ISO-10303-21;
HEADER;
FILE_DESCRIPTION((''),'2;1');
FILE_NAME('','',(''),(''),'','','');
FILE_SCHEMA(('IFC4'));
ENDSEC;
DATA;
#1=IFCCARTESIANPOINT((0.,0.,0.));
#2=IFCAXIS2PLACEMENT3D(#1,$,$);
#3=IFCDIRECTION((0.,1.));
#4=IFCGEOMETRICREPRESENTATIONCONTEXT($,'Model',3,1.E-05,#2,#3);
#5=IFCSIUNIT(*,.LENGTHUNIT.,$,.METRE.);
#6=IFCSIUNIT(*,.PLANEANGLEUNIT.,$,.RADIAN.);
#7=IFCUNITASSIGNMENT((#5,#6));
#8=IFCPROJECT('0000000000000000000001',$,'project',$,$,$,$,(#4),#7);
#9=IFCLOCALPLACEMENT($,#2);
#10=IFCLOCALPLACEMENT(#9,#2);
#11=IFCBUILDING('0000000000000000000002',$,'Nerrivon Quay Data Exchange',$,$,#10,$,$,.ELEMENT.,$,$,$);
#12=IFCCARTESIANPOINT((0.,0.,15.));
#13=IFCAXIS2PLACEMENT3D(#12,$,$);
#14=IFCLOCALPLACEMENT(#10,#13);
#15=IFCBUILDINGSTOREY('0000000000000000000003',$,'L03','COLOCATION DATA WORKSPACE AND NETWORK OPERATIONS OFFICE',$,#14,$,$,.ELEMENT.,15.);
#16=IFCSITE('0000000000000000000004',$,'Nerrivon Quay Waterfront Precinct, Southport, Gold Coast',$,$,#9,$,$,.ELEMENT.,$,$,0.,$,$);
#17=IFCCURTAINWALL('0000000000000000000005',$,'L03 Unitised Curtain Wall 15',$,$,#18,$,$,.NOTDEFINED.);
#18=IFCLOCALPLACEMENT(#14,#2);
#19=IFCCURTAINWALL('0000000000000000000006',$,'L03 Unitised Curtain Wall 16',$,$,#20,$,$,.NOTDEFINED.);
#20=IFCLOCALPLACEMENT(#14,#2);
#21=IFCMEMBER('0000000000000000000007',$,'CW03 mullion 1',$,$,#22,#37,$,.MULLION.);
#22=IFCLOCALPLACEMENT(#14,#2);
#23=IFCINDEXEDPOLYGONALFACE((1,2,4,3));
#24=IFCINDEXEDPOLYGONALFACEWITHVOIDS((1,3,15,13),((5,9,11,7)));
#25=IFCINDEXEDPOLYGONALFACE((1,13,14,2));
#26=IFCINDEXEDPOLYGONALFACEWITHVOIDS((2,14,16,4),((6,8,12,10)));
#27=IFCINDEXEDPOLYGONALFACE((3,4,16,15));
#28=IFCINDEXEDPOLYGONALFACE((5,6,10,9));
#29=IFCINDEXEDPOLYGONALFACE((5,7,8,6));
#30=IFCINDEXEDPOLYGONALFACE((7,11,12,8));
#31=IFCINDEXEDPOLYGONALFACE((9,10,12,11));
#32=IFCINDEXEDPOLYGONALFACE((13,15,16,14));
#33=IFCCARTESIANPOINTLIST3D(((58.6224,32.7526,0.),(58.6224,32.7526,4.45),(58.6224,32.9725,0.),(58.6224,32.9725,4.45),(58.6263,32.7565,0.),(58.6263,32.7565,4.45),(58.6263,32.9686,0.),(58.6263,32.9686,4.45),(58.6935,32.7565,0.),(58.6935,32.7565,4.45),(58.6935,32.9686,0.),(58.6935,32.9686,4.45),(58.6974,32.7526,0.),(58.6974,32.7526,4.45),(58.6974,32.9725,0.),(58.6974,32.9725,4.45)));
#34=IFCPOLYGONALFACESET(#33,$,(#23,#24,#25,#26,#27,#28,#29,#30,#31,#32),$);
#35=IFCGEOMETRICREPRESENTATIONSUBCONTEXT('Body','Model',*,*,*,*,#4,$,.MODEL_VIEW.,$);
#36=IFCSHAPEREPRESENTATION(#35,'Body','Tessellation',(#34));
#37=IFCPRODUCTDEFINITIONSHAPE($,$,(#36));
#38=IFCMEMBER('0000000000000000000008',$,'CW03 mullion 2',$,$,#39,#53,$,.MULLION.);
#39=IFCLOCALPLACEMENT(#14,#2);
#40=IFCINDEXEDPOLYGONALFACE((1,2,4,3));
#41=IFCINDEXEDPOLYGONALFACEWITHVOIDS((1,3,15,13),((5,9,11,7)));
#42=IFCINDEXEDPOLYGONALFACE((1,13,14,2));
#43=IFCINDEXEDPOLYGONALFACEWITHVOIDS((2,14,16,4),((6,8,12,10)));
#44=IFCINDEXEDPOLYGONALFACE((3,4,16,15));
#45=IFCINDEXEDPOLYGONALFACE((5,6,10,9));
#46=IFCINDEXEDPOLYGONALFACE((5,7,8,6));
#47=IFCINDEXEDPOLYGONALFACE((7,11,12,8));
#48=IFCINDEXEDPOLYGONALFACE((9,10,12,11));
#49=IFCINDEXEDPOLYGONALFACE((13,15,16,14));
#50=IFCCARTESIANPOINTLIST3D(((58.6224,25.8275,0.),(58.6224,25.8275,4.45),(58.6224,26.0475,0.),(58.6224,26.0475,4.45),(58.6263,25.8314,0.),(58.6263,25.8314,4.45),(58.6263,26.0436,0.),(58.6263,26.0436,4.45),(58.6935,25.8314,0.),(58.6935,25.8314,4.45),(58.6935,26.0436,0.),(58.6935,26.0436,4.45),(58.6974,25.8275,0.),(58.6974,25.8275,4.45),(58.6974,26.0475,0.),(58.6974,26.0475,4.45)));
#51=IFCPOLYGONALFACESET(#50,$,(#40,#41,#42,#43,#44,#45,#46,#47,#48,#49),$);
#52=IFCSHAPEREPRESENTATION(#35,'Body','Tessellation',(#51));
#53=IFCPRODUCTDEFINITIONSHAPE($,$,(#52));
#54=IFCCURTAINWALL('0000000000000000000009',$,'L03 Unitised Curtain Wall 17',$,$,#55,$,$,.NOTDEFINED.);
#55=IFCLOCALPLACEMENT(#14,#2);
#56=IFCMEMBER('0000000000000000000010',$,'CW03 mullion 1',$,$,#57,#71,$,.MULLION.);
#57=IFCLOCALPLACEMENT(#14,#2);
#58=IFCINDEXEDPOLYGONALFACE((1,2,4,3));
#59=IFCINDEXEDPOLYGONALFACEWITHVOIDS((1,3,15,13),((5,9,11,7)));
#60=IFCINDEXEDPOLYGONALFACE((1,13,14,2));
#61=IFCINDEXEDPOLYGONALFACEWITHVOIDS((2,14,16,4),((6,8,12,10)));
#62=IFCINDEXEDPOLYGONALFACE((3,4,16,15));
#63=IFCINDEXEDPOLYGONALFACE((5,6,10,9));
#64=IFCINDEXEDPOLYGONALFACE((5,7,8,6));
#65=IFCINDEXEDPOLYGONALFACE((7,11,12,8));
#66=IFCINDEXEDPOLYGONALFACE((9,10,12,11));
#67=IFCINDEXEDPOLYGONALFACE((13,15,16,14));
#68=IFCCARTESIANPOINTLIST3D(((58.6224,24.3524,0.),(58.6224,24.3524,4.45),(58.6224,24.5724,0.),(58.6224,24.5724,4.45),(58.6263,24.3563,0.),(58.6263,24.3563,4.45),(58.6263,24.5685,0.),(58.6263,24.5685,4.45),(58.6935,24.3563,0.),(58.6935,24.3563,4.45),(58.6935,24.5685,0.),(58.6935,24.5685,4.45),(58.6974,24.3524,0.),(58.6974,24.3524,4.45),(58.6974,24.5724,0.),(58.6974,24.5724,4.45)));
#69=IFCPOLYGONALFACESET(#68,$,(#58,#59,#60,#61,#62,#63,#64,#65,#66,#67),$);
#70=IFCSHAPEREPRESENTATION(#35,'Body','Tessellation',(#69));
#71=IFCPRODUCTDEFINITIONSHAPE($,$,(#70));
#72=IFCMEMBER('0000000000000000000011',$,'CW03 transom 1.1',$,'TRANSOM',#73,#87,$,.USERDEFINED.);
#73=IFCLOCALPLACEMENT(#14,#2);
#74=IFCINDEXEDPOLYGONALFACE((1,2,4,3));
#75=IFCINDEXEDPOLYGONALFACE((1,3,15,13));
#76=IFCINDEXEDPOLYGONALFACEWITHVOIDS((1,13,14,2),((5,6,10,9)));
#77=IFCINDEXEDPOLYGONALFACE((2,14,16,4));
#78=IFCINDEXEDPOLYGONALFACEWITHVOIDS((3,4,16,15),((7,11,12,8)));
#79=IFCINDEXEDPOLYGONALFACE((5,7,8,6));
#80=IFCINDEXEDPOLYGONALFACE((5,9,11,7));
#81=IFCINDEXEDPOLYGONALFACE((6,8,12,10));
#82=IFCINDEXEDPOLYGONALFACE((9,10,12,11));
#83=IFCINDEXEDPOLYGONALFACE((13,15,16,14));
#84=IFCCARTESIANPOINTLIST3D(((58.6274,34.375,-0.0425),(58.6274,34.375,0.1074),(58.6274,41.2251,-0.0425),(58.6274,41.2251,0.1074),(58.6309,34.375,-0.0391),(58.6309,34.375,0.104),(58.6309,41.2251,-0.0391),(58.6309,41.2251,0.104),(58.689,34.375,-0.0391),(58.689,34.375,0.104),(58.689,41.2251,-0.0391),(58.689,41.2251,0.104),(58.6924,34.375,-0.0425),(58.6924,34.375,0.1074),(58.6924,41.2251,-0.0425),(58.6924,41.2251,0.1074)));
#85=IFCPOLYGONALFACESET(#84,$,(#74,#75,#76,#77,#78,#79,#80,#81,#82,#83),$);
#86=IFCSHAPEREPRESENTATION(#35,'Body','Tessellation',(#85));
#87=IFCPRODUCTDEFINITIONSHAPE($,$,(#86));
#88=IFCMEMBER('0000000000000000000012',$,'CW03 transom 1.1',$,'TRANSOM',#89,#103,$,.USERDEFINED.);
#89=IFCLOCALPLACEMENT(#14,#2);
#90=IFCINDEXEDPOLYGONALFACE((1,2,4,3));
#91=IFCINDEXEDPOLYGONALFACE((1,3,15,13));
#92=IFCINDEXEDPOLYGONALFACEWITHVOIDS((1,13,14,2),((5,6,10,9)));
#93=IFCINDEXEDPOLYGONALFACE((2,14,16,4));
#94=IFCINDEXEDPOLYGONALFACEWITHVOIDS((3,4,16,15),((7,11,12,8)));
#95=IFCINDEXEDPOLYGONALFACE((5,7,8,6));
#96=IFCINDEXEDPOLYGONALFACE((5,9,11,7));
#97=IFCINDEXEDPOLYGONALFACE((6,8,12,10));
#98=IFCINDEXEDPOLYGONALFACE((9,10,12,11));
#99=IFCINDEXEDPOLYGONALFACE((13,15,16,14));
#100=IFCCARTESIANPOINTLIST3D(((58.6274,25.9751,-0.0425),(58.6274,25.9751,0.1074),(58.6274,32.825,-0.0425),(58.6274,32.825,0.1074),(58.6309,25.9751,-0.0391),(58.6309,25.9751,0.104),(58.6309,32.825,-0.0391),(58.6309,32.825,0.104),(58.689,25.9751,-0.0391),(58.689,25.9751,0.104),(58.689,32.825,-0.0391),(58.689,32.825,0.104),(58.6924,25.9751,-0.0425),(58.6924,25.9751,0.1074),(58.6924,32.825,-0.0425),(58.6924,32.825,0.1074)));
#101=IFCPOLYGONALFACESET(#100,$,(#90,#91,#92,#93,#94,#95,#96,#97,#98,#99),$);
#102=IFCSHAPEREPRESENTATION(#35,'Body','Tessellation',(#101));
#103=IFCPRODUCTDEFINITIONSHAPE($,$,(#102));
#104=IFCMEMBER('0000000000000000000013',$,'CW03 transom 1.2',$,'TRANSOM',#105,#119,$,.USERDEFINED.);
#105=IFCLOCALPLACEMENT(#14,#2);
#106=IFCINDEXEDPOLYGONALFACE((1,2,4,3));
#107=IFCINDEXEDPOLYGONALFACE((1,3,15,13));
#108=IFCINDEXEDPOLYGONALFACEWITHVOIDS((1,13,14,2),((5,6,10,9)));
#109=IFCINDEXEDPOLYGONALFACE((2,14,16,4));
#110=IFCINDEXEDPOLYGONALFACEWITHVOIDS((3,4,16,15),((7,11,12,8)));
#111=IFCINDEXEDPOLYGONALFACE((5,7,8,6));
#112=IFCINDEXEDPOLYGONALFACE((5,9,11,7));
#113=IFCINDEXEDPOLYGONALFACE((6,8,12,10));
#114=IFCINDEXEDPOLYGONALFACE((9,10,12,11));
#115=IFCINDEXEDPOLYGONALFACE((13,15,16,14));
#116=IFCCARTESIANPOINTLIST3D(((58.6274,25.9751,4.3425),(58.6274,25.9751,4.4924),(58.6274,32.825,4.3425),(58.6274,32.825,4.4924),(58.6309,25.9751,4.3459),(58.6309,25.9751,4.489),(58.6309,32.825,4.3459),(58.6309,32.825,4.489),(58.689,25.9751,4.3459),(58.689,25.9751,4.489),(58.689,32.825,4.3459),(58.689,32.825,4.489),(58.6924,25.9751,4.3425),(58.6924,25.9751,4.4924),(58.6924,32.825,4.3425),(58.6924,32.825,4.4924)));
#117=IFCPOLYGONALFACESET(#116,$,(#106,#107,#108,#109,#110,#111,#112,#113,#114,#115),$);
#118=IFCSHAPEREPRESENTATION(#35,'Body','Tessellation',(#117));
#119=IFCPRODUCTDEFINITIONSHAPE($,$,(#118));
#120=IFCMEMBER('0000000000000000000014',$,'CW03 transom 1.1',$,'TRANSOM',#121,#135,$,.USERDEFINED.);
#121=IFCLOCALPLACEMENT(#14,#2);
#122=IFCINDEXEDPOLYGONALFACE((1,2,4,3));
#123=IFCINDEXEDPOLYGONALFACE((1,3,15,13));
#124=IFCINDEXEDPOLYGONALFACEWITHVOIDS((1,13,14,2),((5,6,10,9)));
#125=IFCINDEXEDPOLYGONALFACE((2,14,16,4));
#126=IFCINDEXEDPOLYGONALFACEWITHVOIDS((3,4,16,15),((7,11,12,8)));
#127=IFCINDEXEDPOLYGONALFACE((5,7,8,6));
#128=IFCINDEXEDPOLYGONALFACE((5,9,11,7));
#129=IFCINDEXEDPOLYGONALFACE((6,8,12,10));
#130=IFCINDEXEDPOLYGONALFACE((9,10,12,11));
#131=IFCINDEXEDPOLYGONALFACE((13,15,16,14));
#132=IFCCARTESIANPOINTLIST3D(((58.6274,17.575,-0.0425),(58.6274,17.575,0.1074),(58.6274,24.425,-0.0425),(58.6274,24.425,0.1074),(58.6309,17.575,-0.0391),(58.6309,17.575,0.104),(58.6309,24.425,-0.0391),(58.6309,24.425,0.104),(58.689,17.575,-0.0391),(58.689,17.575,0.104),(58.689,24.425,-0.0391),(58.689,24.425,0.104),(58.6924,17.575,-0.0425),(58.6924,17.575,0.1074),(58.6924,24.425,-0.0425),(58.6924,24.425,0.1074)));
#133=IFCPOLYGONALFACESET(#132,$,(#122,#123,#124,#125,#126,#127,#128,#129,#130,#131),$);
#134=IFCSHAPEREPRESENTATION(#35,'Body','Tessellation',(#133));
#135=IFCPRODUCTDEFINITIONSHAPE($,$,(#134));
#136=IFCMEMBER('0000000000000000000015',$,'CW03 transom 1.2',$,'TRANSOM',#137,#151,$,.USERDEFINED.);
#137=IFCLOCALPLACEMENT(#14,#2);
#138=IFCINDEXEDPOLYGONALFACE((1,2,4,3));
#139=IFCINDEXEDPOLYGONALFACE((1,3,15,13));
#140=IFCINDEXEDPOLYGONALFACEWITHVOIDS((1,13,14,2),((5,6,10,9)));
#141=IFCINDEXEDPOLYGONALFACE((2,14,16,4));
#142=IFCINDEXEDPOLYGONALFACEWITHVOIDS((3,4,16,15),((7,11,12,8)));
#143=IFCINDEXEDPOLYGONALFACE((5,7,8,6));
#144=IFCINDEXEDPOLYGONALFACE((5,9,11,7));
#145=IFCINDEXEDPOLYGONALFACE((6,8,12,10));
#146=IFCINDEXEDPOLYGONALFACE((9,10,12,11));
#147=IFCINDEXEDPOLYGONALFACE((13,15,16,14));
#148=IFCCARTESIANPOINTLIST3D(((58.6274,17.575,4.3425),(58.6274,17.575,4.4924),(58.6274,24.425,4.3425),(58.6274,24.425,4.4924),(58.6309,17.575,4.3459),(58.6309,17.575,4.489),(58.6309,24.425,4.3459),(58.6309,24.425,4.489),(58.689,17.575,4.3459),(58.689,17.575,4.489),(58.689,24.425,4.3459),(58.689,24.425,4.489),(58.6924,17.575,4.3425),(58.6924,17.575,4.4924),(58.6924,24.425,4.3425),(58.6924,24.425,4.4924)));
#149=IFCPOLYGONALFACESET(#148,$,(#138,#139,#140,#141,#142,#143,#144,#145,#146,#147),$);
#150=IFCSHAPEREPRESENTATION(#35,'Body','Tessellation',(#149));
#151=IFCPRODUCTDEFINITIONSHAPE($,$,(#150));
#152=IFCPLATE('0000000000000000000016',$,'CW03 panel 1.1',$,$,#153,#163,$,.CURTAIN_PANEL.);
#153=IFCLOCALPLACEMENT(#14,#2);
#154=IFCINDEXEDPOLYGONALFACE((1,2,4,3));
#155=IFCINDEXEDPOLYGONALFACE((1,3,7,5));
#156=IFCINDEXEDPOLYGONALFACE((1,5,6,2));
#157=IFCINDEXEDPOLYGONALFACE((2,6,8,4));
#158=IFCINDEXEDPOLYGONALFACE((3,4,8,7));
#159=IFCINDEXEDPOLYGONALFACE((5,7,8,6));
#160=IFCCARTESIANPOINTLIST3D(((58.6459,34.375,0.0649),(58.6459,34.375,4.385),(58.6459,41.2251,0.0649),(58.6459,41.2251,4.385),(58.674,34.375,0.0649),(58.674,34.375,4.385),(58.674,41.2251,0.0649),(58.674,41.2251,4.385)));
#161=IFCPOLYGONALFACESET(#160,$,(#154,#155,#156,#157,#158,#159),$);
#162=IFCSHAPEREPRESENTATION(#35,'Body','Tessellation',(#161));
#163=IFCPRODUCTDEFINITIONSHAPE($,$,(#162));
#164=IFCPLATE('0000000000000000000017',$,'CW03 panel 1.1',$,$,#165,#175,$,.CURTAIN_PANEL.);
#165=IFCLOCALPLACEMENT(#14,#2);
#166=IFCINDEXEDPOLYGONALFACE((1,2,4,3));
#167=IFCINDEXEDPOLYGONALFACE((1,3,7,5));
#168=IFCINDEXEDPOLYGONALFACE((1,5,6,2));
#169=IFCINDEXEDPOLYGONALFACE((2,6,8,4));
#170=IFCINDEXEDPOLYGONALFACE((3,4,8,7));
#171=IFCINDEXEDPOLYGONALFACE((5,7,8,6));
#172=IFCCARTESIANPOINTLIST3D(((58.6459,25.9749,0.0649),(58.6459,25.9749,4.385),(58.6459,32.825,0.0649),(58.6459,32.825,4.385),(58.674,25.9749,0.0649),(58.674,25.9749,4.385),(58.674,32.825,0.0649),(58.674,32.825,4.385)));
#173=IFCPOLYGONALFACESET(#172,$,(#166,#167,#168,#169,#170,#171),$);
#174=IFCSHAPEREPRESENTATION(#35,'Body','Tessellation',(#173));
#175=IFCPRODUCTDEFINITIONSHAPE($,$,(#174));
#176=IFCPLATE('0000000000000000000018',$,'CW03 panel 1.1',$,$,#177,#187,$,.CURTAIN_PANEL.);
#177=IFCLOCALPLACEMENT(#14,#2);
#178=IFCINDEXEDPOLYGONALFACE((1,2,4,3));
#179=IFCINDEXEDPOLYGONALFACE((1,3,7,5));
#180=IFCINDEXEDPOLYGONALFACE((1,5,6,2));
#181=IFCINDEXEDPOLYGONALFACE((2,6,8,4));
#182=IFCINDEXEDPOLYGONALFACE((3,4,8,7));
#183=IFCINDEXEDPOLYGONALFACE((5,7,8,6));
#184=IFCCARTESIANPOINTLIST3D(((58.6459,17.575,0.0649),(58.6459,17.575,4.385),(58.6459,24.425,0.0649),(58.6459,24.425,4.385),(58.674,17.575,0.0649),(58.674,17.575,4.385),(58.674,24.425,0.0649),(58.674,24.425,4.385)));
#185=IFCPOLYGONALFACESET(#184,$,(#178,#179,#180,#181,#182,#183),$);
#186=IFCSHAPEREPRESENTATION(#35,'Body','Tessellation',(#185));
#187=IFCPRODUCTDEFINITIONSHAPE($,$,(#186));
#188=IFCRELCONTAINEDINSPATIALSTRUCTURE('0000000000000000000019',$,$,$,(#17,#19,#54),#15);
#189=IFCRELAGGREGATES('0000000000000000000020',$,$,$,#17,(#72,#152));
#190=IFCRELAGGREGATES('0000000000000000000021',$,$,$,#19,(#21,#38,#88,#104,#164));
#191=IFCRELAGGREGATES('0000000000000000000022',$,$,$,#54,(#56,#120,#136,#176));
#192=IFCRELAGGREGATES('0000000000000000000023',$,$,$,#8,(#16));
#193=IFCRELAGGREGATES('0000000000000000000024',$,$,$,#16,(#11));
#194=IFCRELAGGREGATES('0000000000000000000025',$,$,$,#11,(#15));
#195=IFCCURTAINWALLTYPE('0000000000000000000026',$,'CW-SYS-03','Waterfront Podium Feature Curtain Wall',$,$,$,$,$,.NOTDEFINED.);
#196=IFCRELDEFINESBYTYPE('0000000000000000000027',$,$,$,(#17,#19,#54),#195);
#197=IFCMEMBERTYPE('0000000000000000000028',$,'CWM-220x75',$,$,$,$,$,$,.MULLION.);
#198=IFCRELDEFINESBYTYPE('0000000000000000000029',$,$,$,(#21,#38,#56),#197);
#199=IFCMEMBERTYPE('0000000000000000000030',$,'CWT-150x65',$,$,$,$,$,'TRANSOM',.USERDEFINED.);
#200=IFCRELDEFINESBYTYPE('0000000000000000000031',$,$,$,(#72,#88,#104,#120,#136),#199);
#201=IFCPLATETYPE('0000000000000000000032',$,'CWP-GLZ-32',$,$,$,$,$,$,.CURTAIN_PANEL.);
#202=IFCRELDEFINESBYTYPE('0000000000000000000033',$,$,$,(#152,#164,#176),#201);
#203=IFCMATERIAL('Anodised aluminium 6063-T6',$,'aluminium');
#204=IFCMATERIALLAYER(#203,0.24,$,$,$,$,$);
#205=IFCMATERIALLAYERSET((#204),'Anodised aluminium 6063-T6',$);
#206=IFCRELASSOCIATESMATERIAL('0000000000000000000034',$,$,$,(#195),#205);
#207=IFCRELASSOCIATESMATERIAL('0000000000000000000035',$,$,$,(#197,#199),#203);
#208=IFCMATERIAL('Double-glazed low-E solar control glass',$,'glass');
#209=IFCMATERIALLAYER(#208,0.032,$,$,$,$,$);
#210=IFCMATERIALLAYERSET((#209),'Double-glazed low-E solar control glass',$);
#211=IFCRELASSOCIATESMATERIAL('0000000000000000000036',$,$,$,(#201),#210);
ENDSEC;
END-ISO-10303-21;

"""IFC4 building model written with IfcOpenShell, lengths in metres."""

from ifc_helpers import new_model, si_unit, direction, frame, origin, origin_2d, place, context, subcontext, project, spatial, rectangle, hollow_rectangle, extrude, material, layer, layer_set, material_profile, profile_set, type_object, element, aggregate, save


model = new_model("IFC4")

# Units and contexts
model_context = context("Model", 3, precision=1e-05, world=origin(), true_north=direction((0.0, 1.0)))
body_context = subcontext(model_context, "Body", "Model", "MODEL_VIEW")
ifc_project = project(units=[si_unit("LENGTHUNIT", "METRE"), si_unit("PLANEANGLEUNIT", "RADIAN")], contexts=[model_context])

# Site, building, storey
site_placement = place(None, origin())
site = spatial("IfcSite", under=ifc_project, at=site_placement, Name="Nerrivon Quay Waterfront Precinct, Southport, Gold Coast", CompositionType="ELEMENT", RefElevation=0.0)
building_placement = place(site_placement, origin())
building = spatial("IfcBuilding", under=site, at=building_placement, Name="Nerrivon Quay Data Exchange", CompositionType="ELEMENT")
storey_placement = place(building_placement, frame((0.0, 0.0, 15.0)))
storey = spatial("IfcBuildingStorey", under=building, at=storey_placement, Name="L03", Description="COLOCATION DATA WORKSPACE AND NETWORK OPERATIONS OFFICE", CompositionType="ELEMENT", Elevation=15.0)

# Curtain wall
ifc_material_1 = material(Name="Anodised aluminium 6063-T6", Category="aluminium")
ifc_layer_1 = layer(ifc_material_1, 0.24)
ifc_layer_set_1 = layer_set([ifc_layer_1], Name="Anodised aluminium 6063-T6")
curtain_wall_type = type_object("IfcCurtainWallType", Name="CW-SYS-03", Description="Waterfront Podium Feature Curtain Wall", PredefinedType="NOTDEFINED", material=ifc_layer_set_1)
curtain_wall_1_placement = place(storey_placement, origin())
curtain_wall_1 = element("IfcCurtainWall", 1, at=curtain_wall_1_placement, inside=storey, type_object=curtain_wall_type, Name="L03 Unitised Curtain Wall 15", PredefinedType="NOTDEFINED")
ifc_material_profile_1 = material_profile(ifc_material_1, hollow_rectangle(XDim=0.075, YDim=0.22, WallThickness=0.0039, at=origin_2d()), Name="ALU-MULL-220x75")
ifc_profile_set_1 = profile_set([ifc_material_profile_1], Name="Anodised aluminium 6063-T6")
member_type_1 = type_object("IfcMemberType", Name="CWM-220x75", PredefinedType="MULLION", material=ifc_profile_set_1)

# Curtain wall, members
curtain_wall_2_placement = place(storey_placement, origin())
curtain_wall_2 = element("IfcCurtainWall", 2, at=curtain_wall_2_placement, inside=storey, type_object=curtain_wall_type, Name="L03 Unitised Curtain Wall 16", PredefinedType="NOTDEFINED")
member_1_placement = place(storey_placement, frame((58.6599, 32.8625, 0.0), z_axis=(0.0, 0.0, 1.0), x_axis=(1.0, 0.0, 0.0)))
member_1 = element("IfcMember", 3, at=member_1_placement, type_object=member_type_1, Name="CW03 mullion 1", PredefinedType="MULLION", context=body_context, shape_type="SweptSolid", body=[
    extrude(hollow_rectangle(XDim=0.075, YDim=0.22, WallThickness=0.0039, at=origin_2d()), origin(), (0.0, 0.0, 1.0), 4.45),
])
member_2_placement = place(storey_placement, frame((58.6599, 25.9375, 0.0), z_axis=(0.0, 0.0, 1.0), x_axis=(1.0, 0.0, 0.0)))
member_2 = element("IfcMember", 4, at=member_2_placement, type_object=member_type_1, Name="CW03 mullion 2", PredefinedType="MULLION", context=body_context, shape_type="SweptSolid", body=[
    extrude(hollow_rectangle(XDim=0.075, YDim=0.22, WallThickness=0.0039, at=origin_2d()), origin(), (0.0, 0.0, 1.0), 4.45),
])

# Curtain wall, member
curtain_wall_3_placement = place(storey_placement, origin())
curtain_wall_3 = element("IfcCurtainWall", 5, at=curtain_wall_3_placement, inside=storey, type_object=curtain_wall_type, Name="L03 Unitised Curtain Wall 17", PredefinedType="NOTDEFINED")
member_3_placement = place(storey_placement, frame((58.6599, 24.4624, 0.0), z_axis=(0.0, 0.0, 1.0), x_axis=(1.0, 0.0, 0.0)))
member_3 = element("IfcMember", 6, at=member_3_placement, type_object=member_type_1, Name="CW03 mullion 1", PredefinedType="MULLION", context=body_context, shape_type="SweptSolid", body=[
    extrude(hollow_rectangle(XDim=0.075, YDim=0.22, WallThickness=0.0039, at=origin_2d()), origin(), (0.0, 0.0, 1.0), 4.45),
])

# Members
ifc_material_profile_2 = material_profile(ifc_material_1, hollow_rectangle(XDim=0.0649, YDim=0.1499, WallThickness=0.0034, at=origin_2d()), Name="ALU-TRAN-150x65")
ifc_profile_set_2 = profile_set([ifc_material_profile_2], Name="Anodised aluminium 6063-T6")
member_type_2 = type_object("IfcMemberType", Name="CWT-150x65", ElementType="TRANSOM", PredefinedType="USERDEFINED", material=ifc_profile_set_2)
member_4_placement = place(storey_placement, frame((58.6599, 41.2251, 0.0325), z_axis=(0.0, -1.0, 0.0), x_axis=(1.0, 0.0, 0.0)))
member_4 = element("IfcMember", 7, at=member_4_placement, type_object=member_type_2, Name="CW03 transom 1.1", ObjectType="TRANSOM", PredefinedType="USERDEFINED", context=body_context, shape_type="SweptSolid", body=[
    extrude(hollow_rectangle(XDim=0.0649, YDim=0.1499, WallThickness=0.0034, at=origin_2d()), origin(), (0.0, 0.0, 1.0), 6.8501),
])
member_5_placement = place(storey_placement, frame((58.6599, 32.825, 0.0325), z_axis=(0.0, -1.0, 0.0), x_axis=(1.0, 0.0, 0.0)))
member_5 = element("IfcMember", 8, at=member_5_placement, type_object=member_type_2, Name="CW03 transom 1.1", ObjectType="TRANSOM", PredefinedType="USERDEFINED", context=body_context, shape_type="SweptSolid", body=[
    extrude(hollow_rectangle(XDim=0.0649, YDim=0.1499, WallThickness=0.0034, at=origin_2d()), origin(), (0.0, 0.0, 1.0), 6.8499),
])
member_6_placement = place(storey_placement, frame((58.6599, 32.825, 4.4175), z_axis=(0.0, -1.0, 0.0), x_axis=(1.0, 0.0, 0.0)))
member_6 = element("IfcMember", 9, at=member_6_placement, type_object=member_type_2, Name="CW03 transom 1.2", ObjectType="TRANSOM", PredefinedType="USERDEFINED", context=body_context, shape_type="SweptSolid", body=[
    extrude(hollow_rectangle(XDim=0.0649, YDim=0.1499, WallThickness=0.0034, at=origin_2d()), origin(), (0.0, 0.0, 1.0), 6.8499),
])
member_7_placement = place(storey_placement, frame((58.6599, 24.425, 0.0325), z_axis=(0.0, -1.0, 0.0), x_axis=(1.0, 0.0, 0.0)))
member_7 = element("IfcMember", 10, at=member_7_placement, type_object=member_type_2, Name="CW03 transom 1.1", ObjectType="TRANSOM", PredefinedType="USERDEFINED", context=body_context, shape_type="SweptSolid", body=[
    extrude(hollow_rectangle(XDim=0.0649, YDim=0.1499, WallThickness=0.0034, at=origin_2d()), origin(), (0.0, 0.0, 1.0), 6.8501),
])
member_8_placement = place(storey_placement, frame((58.6599, 24.425, 4.4175), z_axis=(0.0, -1.0, 0.0), x_axis=(1.0, 0.0, 0.0)))
member_8 = element("IfcMember", 11, at=member_8_placement, type_object=member_type_2, Name="CW03 transom 1.2", ObjectType="TRANSOM", PredefinedType="USERDEFINED", context=body_context, shape_type="SweptSolid", body=[
    extrude(hollow_rectangle(XDim=0.0649, YDim=0.1499, WallThickness=0.0034, at=origin_2d()), origin(), (0.0, 0.0, 1.0), 6.8501),
])

# Plates
ifc_material_2 = material(Name="Double-glazed low-E solar control glass", Category="glass")
ifc_layer_2 = layer(ifc_material_2, 0.032)
ifc_layer_set_2 = layer_set([ifc_layer_2], Name="Double-glazed low-E solar control glass")
plate_type = type_object("IfcPlateType", Name="CWP-GLZ-32", PredefinedType="CURTAIN_PANEL", material=ifc_layer_set_2)
plate_1_placement = place(storey_placement, frame((58.6599, 37.8, 0.0649), z_axis=(0.0, 0.0, 1.0), x_axis=(0.0, -1.0, 0.0)))
plate_1 = element("IfcPlate", 12, at=plate_1_placement, type_object=plate_type, Name="CW03 panel 1.1", PredefinedType="CURTAIN_PANEL", context=body_context, shape_type="SweptSolid", body=[
    extrude(rectangle(XDim=6.8501, YDim=0.0281, at=origin_2d()), origin(), (0.0, 0.0, 1.0), 4.3201),
])
aggregate(curtain_wall_1, [member_4, plate_1])
plate_2_placement = place(storey_placement, frame((58.6599, 29.3999, 0.0649), z_axis=(0.0, 0.0, 1.0), x_axis=(0.0, -1.0, 0.0)))
plate_2 = element("IfcPlate", 13, at=plate_2_placement, type_object=plate_type, Name="CW03 panel 1.1", PredefinedType="CURTAIN_PANEL", context=body_context, shape_type="SweptSolid", body=[
    extrude(rectangle(XDim=6.8501, YDim=0.0281, at=origin_2d()), origin(), (0.0, 0.0, 1.0), 4.3201),
])
aggregate(curtain_wall_2, [member_1, member_2, member_5, member_6, plate_2])
plate_3_placement = place(storey_placement, frame((58.6599, 21.0, 0.0649), z_axis=(0.0, 0.0, 1.0), x_axis=(0.0, -1.0, 0.0)))
plate_3 = element("IfcPlate", 14, at=plate_3_placement, type_object=plate_type, Name="CW03 panel 1.1", PredefinedType="CURTAIN_PANEL", context=body_context, shape_type="SweptSolid", body=[
    extrude(rectangle(XDim=6.8501, YDim=0.0281, at=origin_2d()), origin(), (0.0, 0.0, 1.0), 4.3201),
])
aggregate(curtain_wall_3, [member_3, member_7, member_8, plate_3])

save(model, "model.ifc")
